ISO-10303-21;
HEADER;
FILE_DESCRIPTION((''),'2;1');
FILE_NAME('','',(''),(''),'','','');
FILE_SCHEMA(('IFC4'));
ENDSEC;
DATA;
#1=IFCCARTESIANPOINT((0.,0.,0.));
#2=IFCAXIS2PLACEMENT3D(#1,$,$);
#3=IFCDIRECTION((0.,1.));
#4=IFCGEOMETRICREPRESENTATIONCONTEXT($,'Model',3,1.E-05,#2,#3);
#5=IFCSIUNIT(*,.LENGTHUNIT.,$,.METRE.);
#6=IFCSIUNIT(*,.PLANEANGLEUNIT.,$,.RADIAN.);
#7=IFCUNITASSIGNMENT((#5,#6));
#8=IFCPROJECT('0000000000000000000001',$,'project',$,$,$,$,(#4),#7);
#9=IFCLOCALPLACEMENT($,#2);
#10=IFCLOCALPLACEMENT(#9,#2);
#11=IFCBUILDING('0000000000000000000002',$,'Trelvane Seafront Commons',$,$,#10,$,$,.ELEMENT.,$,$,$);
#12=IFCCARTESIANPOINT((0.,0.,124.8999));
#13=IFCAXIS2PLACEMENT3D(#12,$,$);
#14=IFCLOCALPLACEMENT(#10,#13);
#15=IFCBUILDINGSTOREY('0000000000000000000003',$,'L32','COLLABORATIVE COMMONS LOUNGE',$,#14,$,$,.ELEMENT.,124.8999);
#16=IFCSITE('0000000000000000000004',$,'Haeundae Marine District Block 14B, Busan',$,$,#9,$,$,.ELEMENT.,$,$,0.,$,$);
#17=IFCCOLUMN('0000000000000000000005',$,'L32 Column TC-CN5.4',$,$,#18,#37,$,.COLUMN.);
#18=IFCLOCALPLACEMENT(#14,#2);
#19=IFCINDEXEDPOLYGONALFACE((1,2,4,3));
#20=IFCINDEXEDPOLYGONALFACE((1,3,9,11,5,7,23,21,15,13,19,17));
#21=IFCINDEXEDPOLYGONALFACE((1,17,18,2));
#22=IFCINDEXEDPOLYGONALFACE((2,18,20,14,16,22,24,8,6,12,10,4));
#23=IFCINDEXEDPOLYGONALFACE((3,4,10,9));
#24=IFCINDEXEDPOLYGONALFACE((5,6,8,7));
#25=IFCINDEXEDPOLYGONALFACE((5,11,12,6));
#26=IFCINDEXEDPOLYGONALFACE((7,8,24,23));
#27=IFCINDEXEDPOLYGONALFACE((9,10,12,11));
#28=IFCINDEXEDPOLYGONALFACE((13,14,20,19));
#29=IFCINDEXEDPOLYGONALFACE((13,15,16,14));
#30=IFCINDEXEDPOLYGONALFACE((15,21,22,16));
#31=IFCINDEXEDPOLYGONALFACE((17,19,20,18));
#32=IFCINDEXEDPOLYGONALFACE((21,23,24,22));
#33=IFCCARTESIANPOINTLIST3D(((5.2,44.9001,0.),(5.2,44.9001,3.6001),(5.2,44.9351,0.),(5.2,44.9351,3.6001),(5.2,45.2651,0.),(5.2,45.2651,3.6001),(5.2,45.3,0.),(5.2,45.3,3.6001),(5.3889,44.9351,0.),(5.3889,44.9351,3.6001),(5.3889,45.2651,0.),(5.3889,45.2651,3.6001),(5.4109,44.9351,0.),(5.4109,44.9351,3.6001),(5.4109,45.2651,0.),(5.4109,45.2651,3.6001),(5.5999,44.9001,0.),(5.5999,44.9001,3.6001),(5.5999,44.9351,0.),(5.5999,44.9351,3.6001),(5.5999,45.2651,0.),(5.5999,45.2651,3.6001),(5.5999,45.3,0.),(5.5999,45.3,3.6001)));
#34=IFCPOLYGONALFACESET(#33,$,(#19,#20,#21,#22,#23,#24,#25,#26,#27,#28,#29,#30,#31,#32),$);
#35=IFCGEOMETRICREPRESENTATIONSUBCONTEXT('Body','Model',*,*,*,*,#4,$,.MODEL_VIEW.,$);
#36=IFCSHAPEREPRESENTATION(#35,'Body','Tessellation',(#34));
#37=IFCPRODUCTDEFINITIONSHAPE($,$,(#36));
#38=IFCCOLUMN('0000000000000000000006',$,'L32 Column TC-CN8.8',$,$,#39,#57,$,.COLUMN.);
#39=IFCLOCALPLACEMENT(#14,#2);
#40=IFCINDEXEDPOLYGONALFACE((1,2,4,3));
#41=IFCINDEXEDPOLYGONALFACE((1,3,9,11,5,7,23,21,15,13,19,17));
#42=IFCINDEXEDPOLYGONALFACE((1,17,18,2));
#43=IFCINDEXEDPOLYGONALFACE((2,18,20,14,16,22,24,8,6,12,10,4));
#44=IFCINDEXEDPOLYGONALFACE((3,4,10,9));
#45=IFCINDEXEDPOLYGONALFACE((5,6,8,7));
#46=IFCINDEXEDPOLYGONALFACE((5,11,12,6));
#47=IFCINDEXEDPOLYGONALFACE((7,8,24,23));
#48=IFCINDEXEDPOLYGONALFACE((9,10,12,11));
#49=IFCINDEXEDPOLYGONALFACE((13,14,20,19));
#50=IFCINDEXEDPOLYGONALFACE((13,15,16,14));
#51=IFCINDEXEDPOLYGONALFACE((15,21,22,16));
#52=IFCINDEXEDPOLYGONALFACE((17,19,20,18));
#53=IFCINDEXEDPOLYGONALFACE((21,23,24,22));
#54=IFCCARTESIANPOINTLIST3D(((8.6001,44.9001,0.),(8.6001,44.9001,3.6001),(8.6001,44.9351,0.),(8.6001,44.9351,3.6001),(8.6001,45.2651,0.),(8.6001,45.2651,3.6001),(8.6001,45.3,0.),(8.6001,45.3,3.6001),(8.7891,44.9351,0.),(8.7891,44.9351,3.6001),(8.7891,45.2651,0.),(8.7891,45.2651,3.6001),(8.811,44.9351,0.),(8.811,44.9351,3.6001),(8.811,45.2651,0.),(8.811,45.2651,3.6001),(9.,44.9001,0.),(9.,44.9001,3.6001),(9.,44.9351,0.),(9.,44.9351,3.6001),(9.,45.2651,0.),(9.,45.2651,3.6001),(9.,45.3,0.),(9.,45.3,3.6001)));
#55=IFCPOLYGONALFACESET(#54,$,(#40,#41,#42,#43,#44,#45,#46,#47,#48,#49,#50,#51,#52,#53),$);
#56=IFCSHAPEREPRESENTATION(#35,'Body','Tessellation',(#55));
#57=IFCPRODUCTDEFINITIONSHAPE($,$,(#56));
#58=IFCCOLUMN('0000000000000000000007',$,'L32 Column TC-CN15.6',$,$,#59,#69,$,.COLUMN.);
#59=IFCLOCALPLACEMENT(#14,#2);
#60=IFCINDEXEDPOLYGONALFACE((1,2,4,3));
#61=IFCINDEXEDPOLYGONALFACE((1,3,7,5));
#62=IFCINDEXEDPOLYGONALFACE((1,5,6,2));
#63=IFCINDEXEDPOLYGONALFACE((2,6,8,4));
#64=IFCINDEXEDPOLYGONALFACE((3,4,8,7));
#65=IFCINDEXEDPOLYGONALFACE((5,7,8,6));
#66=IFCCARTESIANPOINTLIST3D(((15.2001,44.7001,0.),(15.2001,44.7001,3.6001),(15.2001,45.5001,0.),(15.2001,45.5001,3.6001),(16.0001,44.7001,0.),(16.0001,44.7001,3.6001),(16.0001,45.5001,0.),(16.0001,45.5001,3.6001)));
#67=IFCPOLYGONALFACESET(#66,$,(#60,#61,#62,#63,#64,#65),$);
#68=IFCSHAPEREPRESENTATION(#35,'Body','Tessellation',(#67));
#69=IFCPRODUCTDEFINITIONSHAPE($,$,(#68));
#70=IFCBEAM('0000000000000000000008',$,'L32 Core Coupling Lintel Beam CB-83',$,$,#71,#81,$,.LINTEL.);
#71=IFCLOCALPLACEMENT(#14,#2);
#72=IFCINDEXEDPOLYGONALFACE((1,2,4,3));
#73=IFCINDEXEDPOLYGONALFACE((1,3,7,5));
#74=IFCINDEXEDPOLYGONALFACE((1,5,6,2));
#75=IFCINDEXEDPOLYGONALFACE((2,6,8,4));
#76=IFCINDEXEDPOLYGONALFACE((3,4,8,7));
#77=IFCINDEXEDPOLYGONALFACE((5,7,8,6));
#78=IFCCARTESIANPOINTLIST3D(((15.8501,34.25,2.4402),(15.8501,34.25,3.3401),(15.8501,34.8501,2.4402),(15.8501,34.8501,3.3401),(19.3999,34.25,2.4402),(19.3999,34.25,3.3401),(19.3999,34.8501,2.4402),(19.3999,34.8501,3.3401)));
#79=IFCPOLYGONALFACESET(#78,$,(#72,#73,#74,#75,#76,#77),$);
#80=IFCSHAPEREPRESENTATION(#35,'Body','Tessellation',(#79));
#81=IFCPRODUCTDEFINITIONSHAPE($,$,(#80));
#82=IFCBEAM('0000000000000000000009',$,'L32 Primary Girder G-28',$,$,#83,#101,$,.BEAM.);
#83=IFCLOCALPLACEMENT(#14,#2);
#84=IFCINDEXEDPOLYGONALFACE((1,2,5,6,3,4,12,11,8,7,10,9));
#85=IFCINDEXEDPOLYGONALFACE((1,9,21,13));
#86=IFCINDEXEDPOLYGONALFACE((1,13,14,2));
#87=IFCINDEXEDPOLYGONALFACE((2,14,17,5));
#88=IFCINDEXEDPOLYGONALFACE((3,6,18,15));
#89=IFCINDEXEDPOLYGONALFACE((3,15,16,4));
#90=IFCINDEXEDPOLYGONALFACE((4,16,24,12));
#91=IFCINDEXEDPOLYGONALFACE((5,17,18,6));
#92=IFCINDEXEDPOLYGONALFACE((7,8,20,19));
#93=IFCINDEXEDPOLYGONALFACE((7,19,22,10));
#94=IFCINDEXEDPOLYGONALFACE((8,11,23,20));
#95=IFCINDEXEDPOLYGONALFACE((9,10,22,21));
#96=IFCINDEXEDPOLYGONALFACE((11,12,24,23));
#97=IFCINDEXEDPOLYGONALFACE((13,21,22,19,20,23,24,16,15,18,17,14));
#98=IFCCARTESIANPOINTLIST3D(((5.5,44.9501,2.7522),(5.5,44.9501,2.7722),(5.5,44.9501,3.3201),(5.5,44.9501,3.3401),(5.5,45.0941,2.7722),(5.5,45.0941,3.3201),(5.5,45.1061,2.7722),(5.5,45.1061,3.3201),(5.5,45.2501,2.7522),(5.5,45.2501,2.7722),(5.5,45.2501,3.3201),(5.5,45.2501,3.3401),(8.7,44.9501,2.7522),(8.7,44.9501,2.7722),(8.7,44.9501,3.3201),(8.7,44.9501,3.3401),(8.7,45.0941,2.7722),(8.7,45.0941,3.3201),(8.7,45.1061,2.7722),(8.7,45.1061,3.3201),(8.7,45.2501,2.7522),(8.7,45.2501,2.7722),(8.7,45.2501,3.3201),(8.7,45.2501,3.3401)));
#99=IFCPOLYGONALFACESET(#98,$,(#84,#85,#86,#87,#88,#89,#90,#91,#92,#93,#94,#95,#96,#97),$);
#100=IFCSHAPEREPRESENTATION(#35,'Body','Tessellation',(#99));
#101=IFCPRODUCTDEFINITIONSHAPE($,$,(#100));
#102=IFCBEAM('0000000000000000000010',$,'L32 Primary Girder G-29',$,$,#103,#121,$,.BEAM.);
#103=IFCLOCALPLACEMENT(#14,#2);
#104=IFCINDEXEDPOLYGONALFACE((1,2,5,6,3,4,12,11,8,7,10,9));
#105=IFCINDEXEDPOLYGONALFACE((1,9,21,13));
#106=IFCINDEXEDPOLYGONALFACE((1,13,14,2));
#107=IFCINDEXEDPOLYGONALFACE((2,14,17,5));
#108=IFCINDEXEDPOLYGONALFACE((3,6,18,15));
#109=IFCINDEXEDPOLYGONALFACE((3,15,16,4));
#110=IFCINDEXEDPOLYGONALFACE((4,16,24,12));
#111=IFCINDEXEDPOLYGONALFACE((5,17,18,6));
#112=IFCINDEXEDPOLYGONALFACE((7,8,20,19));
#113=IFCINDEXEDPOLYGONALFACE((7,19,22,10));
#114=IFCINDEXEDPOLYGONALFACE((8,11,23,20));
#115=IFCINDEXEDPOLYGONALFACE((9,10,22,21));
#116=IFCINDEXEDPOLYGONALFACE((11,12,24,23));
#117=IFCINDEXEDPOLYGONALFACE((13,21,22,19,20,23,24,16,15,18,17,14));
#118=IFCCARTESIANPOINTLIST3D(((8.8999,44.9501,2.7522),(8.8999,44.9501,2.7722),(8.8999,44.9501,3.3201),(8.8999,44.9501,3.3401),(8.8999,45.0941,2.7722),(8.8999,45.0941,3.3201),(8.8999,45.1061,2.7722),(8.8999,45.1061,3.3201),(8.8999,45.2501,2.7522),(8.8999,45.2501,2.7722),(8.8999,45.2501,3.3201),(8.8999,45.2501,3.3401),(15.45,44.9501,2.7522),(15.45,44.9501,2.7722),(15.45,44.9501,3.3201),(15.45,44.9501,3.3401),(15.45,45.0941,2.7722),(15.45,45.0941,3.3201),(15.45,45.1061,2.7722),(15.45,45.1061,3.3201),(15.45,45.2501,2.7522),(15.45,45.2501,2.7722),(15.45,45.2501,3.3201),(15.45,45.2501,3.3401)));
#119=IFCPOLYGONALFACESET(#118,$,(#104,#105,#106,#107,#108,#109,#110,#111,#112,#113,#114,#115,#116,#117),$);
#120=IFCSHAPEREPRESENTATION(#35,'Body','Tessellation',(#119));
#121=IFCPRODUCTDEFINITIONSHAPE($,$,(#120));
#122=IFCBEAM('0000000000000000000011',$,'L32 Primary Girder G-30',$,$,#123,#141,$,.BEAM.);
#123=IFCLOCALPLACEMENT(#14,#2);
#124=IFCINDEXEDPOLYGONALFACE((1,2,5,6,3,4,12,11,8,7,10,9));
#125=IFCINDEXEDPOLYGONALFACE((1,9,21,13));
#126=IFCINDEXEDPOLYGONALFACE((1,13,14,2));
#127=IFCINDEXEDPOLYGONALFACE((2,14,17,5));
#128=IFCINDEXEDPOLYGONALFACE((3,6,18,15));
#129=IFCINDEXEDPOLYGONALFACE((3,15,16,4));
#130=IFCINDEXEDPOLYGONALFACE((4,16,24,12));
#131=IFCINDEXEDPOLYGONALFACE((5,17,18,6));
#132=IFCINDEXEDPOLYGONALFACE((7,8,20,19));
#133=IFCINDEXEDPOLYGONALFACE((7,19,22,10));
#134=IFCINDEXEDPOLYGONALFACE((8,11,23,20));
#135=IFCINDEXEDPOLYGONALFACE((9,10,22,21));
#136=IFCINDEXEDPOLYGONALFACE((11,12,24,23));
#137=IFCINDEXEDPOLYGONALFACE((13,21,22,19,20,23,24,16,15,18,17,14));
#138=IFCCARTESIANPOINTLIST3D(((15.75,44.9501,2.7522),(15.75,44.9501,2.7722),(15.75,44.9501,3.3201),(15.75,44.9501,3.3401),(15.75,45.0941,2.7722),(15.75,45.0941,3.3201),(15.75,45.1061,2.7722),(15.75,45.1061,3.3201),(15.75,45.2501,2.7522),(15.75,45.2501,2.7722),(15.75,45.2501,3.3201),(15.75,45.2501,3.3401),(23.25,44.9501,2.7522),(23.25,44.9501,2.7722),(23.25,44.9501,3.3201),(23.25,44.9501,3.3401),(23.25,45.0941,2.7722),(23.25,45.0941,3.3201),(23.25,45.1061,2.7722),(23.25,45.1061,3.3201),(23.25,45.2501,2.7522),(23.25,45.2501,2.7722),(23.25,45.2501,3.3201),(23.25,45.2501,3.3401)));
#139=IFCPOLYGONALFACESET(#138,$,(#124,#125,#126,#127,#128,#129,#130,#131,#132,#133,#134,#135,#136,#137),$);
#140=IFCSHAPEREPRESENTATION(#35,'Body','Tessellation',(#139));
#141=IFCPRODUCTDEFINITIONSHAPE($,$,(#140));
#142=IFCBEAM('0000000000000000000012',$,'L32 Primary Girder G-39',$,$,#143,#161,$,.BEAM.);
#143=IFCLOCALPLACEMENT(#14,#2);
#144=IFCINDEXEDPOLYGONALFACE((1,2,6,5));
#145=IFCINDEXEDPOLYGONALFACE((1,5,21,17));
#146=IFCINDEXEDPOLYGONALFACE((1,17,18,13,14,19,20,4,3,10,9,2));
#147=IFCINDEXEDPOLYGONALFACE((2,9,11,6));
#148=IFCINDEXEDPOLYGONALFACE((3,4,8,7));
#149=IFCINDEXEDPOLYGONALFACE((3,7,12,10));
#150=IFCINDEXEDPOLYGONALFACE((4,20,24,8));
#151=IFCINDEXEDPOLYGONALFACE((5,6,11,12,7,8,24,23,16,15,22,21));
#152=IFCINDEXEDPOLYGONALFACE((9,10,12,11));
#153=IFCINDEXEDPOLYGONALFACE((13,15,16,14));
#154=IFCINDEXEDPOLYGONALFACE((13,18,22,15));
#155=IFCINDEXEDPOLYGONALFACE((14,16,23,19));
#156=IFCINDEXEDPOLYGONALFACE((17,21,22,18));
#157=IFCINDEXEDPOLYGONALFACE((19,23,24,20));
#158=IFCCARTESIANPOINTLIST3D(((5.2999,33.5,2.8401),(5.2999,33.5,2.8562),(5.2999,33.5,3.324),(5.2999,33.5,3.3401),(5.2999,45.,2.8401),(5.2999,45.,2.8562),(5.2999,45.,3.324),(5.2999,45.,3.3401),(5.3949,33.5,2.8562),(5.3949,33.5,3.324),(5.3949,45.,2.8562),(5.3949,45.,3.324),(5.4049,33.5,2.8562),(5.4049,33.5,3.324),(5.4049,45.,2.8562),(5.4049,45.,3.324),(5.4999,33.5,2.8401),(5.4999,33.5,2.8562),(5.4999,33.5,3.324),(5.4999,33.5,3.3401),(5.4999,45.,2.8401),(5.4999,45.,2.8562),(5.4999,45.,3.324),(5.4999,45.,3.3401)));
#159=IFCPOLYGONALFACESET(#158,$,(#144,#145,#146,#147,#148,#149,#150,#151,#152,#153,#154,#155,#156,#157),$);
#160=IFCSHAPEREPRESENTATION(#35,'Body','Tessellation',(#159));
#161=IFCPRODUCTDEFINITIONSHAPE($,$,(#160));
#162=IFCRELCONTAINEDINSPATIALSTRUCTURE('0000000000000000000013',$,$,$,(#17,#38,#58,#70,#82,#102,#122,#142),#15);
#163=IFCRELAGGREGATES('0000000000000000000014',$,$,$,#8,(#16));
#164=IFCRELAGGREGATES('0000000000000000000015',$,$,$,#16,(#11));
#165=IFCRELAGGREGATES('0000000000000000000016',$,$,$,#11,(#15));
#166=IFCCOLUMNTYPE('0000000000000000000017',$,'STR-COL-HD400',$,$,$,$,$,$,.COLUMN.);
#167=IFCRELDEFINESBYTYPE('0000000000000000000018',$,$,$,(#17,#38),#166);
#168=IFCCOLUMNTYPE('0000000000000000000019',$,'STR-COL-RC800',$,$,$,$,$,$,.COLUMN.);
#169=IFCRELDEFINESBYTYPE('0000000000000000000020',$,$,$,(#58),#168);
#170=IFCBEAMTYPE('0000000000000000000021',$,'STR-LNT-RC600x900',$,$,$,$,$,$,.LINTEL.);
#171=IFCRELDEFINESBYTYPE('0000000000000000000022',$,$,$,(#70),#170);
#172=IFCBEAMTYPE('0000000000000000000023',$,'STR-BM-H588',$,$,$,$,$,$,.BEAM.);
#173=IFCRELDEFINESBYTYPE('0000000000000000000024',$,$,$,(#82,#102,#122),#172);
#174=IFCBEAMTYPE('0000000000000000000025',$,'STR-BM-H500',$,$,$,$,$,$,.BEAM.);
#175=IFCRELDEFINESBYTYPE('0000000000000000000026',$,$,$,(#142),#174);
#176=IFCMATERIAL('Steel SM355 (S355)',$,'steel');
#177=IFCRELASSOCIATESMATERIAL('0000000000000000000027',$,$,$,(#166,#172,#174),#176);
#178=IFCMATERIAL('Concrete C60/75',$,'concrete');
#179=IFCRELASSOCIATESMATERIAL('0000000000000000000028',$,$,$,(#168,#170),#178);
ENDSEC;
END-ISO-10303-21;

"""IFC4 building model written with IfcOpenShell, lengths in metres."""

from ifc_helpers import new_model, si_unit, direction, frame, origin, origin_2d, place, context, subcontext, project, spatial, rectangle, i_section, extrude, source, transform, mapped, material, material_profile, profile_set, type_object, element, save


model = new_model("IFC4")

# Units and contexts
model_context = context("Model", 3, precision=1e-05, world=origin(), true_north=direction((0.0, 1.0)))
body_context = subcontext(model_context, "Body", "Model", "MODEL_VIEW")
ifc_project = project(units=[si_unit("LENGTHUNIT", "METRE"), si_unit("PLANEANGLEUNIT", "RADIAN")], contexts=[model_context])

# Site, building, storey
site_placement = place(None, origin())
site = spatial("IfcSite", under=ifc_project, at=site_placement, Name="Haeundae Marine District Block 14B, Busan", CompositionType="ELEMENT", RefElevation=0.0)
building_placement = place(site_placement, origin())
building = spatial("IfcBuilding", under=site, at=building_placement, Name="Trelvane Seafront Commons", CompositionType="ELEMENT")
storey_placement = place(building_placement, frame((0.0, 0.0, 124.8999)))
storey = spatial("IfcBuildingStorey", under=building, at=storey_placement, Name="L32", Description="COLLABORATIVE COMMONS LOUNGE", CompositionType="ELEMENT", Elevation=124.8999)

# Columns
ifc_material_1 = material(Name="Steel SM355 (S355)", Category="steel")
ifc_material_profile_1 = material_profile(ifc_material_1, i_section(OverallWidth=0.3999, OverallDepth=0.3999, WebThickness=0.022, FlangeThickness=0.0349, at=origin_2d()), Name="HD-400x400x22x35")
ifc_profile_set_1 = profile_set([ifc_material_profile_1], Name="Steel SM355 (S355)")
column_type_1 = type_object("IfcColumnType", Name="STR-COL-HD400", PredefinedType="COLUMN", material=ifc_profile_set_1)
shared_shape_1 = source(origin(), body_context, "Body", "SweptSolid", [
    extrude(i_section(OverallWidth=0.3999, OverallDepth=0.3999, WebThickness=0.022, FlangeThickness=0.0349, at=origin_2d()), origin(), (0.0, 0.0, 1.0), 3.6001),
])
for number, where, z_axis, x_axis, name in (
    (1, (5.3999, 45.1001, 0.0), (0.0, 0.0, 1.0), (1.0, 0.0, 0.0), "L32 Column TC-CN5.4"),
    (2, (8.8, 45.1001, 0.0), (0.0, 0.0, 1.0), (1.0, 0.0, 0.0), "L32 Column TC-CN8.8"),
):
    element("IfcColumn", number, at=place(storey_placement, frame(where, z_axis=z_axis, x_axis=x_axis)), inside=storey, type_object=column_type_1, Name=name, PredefinedType="COLUMN", context=body_context, shape_type="MappedRepresentation", body=[
        mapped(shared_shape_1, transform((0.0, 0.0, 0.0), x_axis=(1.0, 0.0, 0.0), y_axis=(0.0, 1.0, 0.0), z_axis=(0.0, 0.0, 1.0), scale=1.0)),
    ])
ifc_material_2 = material(Name="Concrete C60/75", Category="concrete")
ifc_material_profile_2 = material_profile(ifc_material_2, rectangle(XDim=0.8, YDim=0.8, at=origin_2d()), Name="RC-800x800")
ifc_profile_set_2 = profile_set([ifc_material_profile_2], Name="Concrete C60/75")
column_type_2 = type_object("IfcColumnType", Name="STR-COL-RC800", PredefinedType="COLUMN", material=ifc_profile_set_2)
shared_shape_2 = source(origin(), body_context, "Body", "SweptSolid", [
    extrude(rectangle(XDim=0.8, YDim=0.8, at=origin_2d()), origin(), (0.0, 0.0, 1.0), 3.6001),
])
column_placement = place(storey_placement, frame((15.6001, 45.1001, 0.0), z_axis=(0.0, 0.0, 1.0), x_axis=(1.0, 0.0, 0.0)))
element("IfcColumn", 3, at=column_placement, inside=storey, type_object=column_type_2, Name="L32 Column TC-CN15.6", PredefinedType="COLUMN", context=body_context, shape_type="MappedRepresentation", body=[
    mapped(shared_shape_2, transform((0.0, 0.0, 0.0), x_axis=(1.0, 0.0, 0.0), y_axis=(0.0, 1.0, 0.0), z_axis=(0.0, 0.0, 1.0), scale=1.0)),
])

# Beams
ifc_material_profile_3 = material_profile(ifc_material_2, rectangle(XDim=0.6001, YDim=0.8999, at=origin_2d()), Name="RC-600x900")
ifc_profile_set_3 = profile_set([ifc_material_profile_3], Name="Concrete C60/75")
beam_type_1 = type_object("IfcBeamType", Name="STR-LNT-RC600x900", PredefinedType="LINTEL", material=ifc_profile_set_3)
shared_shape_3 = source(origin(), body_context, "Body", "SweptSolid", [
    extrude(rectangle(XDim=0.6001, YDim=0.8999, at=origin_2d()), origin(), (0.0, 0.0, 1.0), 3.5498),
])
beam_1_placement = place(storey_placement, frame((15.8501, 34.55, 2.8901), z_axis=(1.0, 0.0, 0.0), x_axis=(0.0, 1.0, 0.0)))
element("IfcBeam", 4, at=beam_1_placement, inside=storey, type_object=beam_type_1, Name="L32 Core Coupling Lintel Beam CB-83", PredefinedType="LINTEL", context=body_context, shape_type="MappedRepresentation", body=[
    mapped(shared_shape_3, transform((0.0, 0.0, 0.0), x_axis=(1.0, 0.0, 0.0), y_axis=(0.0, 1.0, 0.0), z_axis=(0.0, 0.0, 1.0), scale=1.0)),
])
ifc_material_profile_4 = material_profile(ifc_material_1, i_section(OverallWidth=0.3, OverallDepth=0.5879, WebThickness=0.012, FlangeThickness=0.02, at=origin_2d()), Name="H-588x300x12x20")
ifc_profile_set_4 = profile_set([ifc_material_profile_4], Name="Steel SM355 (S355)")
beam_type_2 = type_object("IfcBeamType", Name="STR-BM-H588", PredefinedType="BEAM", material=ifc_profile_set_4)
shared_shape_4 = source(origin(), body_context, "Body", "SweptSolid", [
    extrude(i_section(OverallWidth=0.3, OverallDepth=0.5879, WebThickness=0.012, FlangeThickness=0.02, at=origin_2d()), origin(), (0.0, 0.0, 1.0), 3.2),
])
beam_2_placement = place(storey_placement, frame((5.5, 45.1001, 3.0461), z_axis=(1.0, 0.0, 0.0), x_axis=(0.0, 1.0, 0.0)))
element("IfcBeam", 5, at=beam_2_placement, inside=storey, type_object=beam_type_2, Name="L32 Primary Girder G-28", PredefinedType="BEAM", context=body_context, shape_type="MappedRepresentation", body=[
    mapped(shared_shape_4, transform((0.0, 0.0, 0.0), x_axis=(1.0, 0.0, 0.0), y_axis=(0.0, 1.0, 0.0), z_axis=(0.0, 0.0, 1.0), scale=1.0)),
])
shared_shape_5 = source(origin(), body_context, "Body", "SweptSolid", [
    extrude(i_section(OverallWidth=0.3, OverallDepth=0.5879, WebThickness=0.012, FlangeThickness=0.02, at=origin_2d()), origin(), (0.0, 0.0, 1.0), 6.55),
])
beam_3_placement = place(storey_placement, frame((8.8999, 45.1001, 3.0461), z_axis=(1.0, 0.0, 0.0), x_axis=(0.0, 1.0, 0.0)))
element("IfcBeam", 6, at=beam_3_placement, inside=storey, type_object=beam_type_2, Name="L32 Primary Girder G-29", PredefinedType="BEAM", context=body_context, shape_type="MappedRepresentation", body=[
    mapped(shared_shape_5, transform((0.0, 0.0, 0.0), x_axis=(1.0, 0.0, 0.0), y_axis=(0.0, 1.0, 0.0), z_axis=(0.0, 0.0, 1.0), scale=1.0)),
])
shared_shape_6 = source(origin(), body_context, "Body", "SweptSolid", [
    extrude(i_section(OverallWidth=0.3, OverallDepth=0.5879, WebThickness=0.012, FlangeThickness=0.02, at=origin_2d()), origin(), (0.0, 0.0, 1.0), 7.5),
])
beam_4_placement = place(storey_placement, frame((15.75, 45.1001, 3.0461), z_axis=(1.0, 0.0, 0.0), x_axis=(0.0, 1.0, 0.0)))
element("IfcBeam", 7, at=beam_4_placement, inside=storey, type_object=beam_type_2, Name="L32 Primary Girder G-30", PredefinedType="BEAM", context=body_context, shape_type="MappedRepresentation", body=[
    mapped(shared_shape_6, transform((0.0, 0.0, 0.0), x_axis=(1.0, 0.0, 0.0), y_axis=(0.0, 1.0, 0.0), z_axis=(0.0, 0.0, 1.0), scale=1.0)),
])
ifc_material_profile_5 = material_profile(ifc_material_1, i_section(OverallWidth=0.2, OverallDepth=0.5, WebThickness=0.01, FlangeThickness=0.0161, at=origin_2d()), Name="H-500x200x10x16")
ifc_profile_set_5 = profile_set([ifc_material_profile_5], Name="Steel SM355 (S355)")
beam_type_3 = type_object("IfcBeamType", Name="STR-BM-H500", PredefinedType="BEAM", material=ifc_profile_set_5)
shared_shape_7 = source(origin(), body_context, "Body", "SweptSolid", [
    extrude(i_section(OverallWidth=0.2, OverallDepth=0.5, WebThickness=0.01, FlangeThickness=0.0161, at=origin_2d()), origin(), (0.0, 0.0, 1.0), 11.5),
])
for number, where, z_axis, x_axis, name in (
    (8, (5.3999, 33.5, 3.0901), (0.0, 1.0, 0.0), (-1.0, 0.0, 0.0), "L32 Primary Girder G-39"),
):
    element("IfcBeam", number, at=place(storey_placement, frame(where, z_axis=z_axis, x_axis=x_axis)), inside=storey, type_object=beam_type_3, Name=name, PredefinedType="BEAM", context=body_context, shape_type="MappedRepresentation", body=[
        mapped(shared_shape_7, transform((0.0, 0.0, 0.0), x_axis=(1.0, 0.0, 0.0), y_axis=(0.0, 1.0, 0.0), z_axis=(0.0, 0.0, 1.0), scale=1.0)),
    ])

save(model, "model.ifc")
